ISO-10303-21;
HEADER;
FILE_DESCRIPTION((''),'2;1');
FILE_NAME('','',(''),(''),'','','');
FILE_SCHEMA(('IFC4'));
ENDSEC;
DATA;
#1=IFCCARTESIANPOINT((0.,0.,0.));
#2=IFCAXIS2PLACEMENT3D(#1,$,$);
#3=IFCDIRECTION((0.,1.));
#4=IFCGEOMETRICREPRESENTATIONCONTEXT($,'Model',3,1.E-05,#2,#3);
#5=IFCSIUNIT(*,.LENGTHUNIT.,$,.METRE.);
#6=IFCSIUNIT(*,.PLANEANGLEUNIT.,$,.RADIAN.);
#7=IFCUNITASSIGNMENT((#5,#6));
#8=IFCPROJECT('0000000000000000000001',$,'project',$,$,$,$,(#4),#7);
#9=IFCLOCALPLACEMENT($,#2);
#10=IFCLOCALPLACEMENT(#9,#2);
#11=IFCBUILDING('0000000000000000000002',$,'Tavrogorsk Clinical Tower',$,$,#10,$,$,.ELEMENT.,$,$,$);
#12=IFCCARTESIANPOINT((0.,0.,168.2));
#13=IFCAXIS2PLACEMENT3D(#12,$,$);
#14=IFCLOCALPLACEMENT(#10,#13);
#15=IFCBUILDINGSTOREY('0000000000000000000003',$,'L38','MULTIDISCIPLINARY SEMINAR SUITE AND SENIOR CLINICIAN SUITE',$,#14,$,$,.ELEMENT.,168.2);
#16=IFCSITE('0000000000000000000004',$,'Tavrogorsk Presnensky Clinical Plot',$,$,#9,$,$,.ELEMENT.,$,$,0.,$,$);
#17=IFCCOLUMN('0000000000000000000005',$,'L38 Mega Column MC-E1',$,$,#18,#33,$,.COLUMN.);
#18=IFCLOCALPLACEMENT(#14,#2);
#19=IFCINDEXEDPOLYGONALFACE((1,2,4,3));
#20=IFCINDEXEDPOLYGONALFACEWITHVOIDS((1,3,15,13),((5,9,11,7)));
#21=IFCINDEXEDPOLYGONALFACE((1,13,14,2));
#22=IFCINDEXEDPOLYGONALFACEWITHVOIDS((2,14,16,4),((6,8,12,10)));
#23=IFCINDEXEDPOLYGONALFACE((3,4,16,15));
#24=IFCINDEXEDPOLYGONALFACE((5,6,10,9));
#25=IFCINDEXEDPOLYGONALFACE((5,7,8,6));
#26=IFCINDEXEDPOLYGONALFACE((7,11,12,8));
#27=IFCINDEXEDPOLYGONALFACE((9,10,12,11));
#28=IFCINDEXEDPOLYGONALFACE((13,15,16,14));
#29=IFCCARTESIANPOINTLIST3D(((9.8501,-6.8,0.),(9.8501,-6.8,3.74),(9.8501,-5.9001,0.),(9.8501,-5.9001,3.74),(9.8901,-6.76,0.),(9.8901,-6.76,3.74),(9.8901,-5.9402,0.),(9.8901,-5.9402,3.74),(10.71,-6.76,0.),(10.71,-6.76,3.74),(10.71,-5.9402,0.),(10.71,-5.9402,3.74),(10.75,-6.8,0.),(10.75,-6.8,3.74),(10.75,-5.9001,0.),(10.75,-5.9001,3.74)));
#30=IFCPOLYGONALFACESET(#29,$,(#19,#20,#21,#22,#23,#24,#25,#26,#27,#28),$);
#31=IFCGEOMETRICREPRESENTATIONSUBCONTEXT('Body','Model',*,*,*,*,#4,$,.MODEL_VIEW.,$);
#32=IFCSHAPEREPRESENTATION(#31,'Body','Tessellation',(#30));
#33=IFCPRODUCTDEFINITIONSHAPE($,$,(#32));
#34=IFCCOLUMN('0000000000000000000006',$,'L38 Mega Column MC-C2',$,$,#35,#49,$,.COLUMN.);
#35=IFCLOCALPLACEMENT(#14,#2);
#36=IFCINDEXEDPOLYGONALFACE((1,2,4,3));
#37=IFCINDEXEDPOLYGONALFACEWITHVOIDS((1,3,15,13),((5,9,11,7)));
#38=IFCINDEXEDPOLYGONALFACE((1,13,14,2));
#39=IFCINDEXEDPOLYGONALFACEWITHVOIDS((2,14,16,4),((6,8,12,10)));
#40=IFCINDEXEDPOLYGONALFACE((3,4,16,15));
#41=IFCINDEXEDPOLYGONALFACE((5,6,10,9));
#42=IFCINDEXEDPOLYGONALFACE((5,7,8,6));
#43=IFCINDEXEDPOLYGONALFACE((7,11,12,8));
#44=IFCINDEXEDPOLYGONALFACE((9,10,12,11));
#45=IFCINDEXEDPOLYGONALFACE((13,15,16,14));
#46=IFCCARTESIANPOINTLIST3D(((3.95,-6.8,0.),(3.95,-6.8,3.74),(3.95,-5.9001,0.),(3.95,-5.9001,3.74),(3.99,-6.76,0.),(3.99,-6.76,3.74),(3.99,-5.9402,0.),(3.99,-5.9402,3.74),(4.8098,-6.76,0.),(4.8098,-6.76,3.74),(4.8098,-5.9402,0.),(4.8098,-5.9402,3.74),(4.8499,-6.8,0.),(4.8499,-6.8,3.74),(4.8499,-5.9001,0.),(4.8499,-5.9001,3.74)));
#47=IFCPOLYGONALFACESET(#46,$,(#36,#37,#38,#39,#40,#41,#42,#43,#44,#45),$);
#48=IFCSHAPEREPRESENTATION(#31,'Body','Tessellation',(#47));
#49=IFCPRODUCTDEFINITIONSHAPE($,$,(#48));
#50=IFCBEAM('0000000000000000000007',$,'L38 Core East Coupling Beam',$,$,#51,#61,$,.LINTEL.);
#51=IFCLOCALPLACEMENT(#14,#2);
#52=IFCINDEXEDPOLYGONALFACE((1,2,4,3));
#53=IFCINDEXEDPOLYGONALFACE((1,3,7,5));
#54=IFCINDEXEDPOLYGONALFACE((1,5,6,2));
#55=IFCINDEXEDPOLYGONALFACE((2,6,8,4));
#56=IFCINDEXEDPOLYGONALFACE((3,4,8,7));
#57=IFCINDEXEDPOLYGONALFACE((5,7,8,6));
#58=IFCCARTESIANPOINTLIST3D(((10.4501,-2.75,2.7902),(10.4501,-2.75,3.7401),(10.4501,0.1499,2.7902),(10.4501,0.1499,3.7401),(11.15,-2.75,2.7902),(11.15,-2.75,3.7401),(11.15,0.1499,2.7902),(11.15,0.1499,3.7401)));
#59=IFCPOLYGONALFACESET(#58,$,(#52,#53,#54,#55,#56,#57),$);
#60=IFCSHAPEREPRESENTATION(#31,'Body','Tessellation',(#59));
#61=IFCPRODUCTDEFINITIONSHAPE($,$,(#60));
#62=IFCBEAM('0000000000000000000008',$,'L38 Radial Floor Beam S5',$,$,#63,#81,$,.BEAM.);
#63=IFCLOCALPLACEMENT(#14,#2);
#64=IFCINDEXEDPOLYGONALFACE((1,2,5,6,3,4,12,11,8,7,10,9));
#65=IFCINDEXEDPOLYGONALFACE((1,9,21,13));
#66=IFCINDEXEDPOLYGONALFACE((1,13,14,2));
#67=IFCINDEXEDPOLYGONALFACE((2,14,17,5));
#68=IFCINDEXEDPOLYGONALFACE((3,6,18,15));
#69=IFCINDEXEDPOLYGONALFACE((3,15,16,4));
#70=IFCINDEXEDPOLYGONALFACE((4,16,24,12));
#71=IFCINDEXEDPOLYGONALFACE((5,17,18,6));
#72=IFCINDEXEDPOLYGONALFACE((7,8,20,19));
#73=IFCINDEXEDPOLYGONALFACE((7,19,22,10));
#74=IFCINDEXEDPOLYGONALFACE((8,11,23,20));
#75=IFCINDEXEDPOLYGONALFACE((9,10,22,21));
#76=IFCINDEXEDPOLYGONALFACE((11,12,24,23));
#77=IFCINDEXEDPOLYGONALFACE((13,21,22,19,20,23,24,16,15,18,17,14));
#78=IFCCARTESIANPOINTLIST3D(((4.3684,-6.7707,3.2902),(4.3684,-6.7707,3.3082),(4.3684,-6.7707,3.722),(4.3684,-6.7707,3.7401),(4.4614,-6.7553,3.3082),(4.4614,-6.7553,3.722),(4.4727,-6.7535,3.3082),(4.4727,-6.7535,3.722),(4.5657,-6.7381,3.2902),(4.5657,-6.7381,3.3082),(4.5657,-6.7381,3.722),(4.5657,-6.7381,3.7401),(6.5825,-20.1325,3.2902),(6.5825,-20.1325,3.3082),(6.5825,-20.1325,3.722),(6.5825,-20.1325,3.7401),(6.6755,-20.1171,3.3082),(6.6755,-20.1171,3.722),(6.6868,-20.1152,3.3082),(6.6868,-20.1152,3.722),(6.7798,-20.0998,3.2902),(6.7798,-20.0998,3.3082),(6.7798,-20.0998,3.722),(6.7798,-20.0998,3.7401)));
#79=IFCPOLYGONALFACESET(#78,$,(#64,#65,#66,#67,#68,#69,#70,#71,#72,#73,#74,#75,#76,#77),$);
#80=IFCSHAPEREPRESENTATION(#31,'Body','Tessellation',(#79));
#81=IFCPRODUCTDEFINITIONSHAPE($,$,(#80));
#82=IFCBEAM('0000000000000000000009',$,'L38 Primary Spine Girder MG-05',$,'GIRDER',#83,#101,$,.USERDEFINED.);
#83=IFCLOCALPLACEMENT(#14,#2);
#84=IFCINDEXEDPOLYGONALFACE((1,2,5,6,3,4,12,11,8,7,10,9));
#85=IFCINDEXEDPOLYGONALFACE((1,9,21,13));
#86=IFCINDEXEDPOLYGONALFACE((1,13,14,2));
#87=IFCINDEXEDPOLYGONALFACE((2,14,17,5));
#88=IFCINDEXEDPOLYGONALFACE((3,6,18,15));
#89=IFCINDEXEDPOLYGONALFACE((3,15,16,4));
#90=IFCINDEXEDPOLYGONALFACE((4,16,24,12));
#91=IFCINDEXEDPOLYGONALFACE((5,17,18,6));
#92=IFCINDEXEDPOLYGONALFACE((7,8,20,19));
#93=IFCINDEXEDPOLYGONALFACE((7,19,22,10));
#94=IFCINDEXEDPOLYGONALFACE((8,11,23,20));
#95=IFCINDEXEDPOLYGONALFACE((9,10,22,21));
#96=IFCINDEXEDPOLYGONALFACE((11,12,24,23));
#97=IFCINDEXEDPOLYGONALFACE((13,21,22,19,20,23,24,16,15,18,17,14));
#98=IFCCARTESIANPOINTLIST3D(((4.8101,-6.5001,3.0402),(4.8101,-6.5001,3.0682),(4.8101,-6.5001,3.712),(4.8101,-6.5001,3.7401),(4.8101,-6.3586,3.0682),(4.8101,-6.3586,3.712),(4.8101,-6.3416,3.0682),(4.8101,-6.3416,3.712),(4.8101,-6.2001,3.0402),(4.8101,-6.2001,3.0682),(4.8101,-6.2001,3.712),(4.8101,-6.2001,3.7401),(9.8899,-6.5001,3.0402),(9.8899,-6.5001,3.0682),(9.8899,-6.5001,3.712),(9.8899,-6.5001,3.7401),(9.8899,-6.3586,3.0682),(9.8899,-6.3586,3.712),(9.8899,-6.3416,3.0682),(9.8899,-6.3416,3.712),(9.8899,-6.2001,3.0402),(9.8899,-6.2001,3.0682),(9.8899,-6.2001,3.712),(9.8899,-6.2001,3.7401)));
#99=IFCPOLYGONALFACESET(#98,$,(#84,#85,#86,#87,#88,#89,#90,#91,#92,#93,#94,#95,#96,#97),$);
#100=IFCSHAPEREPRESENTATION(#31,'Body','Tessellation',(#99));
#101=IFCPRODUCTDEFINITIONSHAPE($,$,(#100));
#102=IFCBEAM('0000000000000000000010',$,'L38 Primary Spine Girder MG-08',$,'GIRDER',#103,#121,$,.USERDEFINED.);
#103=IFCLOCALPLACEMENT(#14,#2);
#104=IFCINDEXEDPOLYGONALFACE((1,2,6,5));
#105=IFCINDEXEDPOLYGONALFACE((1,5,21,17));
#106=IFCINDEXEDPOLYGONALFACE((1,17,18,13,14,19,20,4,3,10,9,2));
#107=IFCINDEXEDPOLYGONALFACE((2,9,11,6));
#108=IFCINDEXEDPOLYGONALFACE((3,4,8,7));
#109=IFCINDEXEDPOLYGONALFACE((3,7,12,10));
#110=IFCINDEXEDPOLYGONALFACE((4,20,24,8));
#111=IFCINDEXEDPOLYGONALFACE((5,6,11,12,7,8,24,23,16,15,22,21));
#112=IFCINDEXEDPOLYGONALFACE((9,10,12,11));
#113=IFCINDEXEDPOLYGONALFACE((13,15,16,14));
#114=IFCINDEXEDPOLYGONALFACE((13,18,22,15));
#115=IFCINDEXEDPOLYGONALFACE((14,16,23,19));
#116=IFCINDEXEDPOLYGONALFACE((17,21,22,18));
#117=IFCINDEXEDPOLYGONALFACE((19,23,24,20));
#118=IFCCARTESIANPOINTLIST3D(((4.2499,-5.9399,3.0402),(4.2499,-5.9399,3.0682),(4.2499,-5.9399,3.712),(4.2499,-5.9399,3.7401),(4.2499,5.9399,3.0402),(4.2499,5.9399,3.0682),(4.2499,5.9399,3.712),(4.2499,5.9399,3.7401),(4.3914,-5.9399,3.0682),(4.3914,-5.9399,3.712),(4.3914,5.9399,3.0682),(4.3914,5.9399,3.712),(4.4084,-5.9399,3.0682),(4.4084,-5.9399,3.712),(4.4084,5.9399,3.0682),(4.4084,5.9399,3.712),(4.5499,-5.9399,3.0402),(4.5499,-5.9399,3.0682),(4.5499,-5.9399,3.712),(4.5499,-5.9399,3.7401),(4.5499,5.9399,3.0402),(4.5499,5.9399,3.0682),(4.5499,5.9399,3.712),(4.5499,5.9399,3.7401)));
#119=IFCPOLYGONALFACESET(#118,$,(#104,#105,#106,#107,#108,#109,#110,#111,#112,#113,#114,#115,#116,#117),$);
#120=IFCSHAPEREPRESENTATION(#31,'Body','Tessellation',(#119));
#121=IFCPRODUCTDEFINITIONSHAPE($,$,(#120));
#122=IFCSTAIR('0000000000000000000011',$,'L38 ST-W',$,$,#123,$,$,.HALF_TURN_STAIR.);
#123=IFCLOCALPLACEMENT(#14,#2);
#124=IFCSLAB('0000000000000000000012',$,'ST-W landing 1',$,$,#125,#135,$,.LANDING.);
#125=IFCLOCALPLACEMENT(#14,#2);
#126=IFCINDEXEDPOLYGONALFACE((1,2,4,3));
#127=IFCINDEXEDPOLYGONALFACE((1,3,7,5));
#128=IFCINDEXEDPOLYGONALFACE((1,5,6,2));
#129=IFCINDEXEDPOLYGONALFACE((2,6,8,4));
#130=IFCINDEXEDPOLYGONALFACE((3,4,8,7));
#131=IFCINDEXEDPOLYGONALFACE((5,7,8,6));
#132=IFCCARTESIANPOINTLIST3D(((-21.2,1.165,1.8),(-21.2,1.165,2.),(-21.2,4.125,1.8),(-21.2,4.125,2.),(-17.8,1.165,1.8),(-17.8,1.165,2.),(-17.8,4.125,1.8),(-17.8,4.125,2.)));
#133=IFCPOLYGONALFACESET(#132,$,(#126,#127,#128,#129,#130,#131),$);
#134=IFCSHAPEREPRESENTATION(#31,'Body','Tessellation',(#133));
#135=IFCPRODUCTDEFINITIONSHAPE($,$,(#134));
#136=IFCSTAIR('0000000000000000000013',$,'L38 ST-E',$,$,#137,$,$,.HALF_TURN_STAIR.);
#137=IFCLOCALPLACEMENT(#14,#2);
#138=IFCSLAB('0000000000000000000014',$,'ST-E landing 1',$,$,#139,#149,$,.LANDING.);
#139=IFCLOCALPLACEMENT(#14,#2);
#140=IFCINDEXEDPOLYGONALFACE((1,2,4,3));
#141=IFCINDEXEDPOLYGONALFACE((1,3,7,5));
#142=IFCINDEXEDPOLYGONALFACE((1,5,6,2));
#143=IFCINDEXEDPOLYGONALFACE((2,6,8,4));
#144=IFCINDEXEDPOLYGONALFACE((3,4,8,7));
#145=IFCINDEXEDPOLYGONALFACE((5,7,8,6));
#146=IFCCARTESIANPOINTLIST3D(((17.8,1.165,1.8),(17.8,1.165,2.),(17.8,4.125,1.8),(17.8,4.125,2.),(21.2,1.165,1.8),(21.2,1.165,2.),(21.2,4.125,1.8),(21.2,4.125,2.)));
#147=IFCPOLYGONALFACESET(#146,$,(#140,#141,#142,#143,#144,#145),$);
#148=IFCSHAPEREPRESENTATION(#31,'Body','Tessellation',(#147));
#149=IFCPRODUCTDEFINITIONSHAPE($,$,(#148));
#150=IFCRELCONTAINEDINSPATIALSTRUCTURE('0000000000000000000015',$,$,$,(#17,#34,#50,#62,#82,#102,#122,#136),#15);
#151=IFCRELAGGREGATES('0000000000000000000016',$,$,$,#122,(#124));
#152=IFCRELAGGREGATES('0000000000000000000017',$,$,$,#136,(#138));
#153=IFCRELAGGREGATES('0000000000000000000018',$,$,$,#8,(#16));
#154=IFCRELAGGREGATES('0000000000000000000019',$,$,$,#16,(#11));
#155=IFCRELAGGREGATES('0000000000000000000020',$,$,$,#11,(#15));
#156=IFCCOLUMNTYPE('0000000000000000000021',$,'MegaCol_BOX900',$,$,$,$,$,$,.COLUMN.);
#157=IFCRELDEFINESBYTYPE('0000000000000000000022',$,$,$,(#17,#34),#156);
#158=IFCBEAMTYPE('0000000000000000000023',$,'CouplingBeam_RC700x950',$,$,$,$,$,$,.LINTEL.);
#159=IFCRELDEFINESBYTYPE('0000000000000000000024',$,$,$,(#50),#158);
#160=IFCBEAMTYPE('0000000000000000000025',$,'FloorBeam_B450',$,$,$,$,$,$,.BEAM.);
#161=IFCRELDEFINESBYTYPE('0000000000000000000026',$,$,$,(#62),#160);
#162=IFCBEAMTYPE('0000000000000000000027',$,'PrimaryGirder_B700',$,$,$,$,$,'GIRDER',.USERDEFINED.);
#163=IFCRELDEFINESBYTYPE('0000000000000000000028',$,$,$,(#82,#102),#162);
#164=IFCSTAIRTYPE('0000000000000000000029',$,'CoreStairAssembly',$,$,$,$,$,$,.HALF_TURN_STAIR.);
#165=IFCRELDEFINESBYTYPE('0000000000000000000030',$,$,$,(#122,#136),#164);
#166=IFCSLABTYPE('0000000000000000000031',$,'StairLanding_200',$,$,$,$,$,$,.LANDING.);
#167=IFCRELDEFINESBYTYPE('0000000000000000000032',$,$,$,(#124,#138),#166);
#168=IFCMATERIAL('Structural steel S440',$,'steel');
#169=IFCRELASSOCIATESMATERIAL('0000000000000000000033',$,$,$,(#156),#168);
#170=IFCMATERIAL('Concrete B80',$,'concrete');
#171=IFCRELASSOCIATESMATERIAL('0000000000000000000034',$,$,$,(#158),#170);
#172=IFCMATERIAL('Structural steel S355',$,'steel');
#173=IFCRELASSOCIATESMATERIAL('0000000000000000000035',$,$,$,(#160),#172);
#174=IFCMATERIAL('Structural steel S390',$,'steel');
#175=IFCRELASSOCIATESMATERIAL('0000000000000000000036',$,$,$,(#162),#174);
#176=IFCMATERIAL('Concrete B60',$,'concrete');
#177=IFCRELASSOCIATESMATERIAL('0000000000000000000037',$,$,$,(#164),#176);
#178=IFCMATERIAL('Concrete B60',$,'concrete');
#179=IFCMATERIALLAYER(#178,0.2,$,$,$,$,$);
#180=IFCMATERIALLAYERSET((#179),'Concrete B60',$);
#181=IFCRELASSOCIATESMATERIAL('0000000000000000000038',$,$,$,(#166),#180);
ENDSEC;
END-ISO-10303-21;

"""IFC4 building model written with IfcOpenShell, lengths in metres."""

from ifc_helpers import new_model, si_unit, direction, frame, origin, origin_2d, place, context, subcontext, project, spatial, polyline, rectangle, hollow_rectangle, i_section, outline, extrude, material, layer, layer_set, material_profile, profile_set, type_object, element, aggregate, save


model = new_model("IFC4")

# Units and contexts
model_context = context("Model", 3, precision=1e-05, world=origin(), true_north=direction((0.0, 1.0)))
body_context = subcontext(model_context, "Body", "Model", "MODEL_VIEW")
ifc_project = project(units=[si_unit("LENGTHUNIT", "METRE"), si_unit("PLANEANGLEUNIT", "RADIAN")], contexts=[model_context])

# Site, building, storey
site_placement = place(None, origin())
site = spatial("IfcSite", under=ifc_project, at=site_placement, Name="Tavrogorsk Presnensky Clinical Plot", CompositionType="ELEMENT", RefElevation=0.0)
building_placement = place(site_placement, origin())
building = spatial("IfcBuilding", under=site, at=building_placement, Name="Tavrogorsk Clinical Tower", CompositionType="ELEMENT")
storey_placement = place(building_placement, frame((0.0, 0.0, 168.2)))
storey = spatial("IfcBuildingStorey", under=building, at=storey_placement, Name="L38", Description="MULTIDISCIPLINARY SEMINAR SUITE AND SENIOR CLINICIAN SUITE", CompositionType="ELEMENT", Elevation=168.2)

# Columns
ifc_material_1 = material(Name="Structural steel S440", Category="steel")
ifc_material_profile_1 = material_profile(ifc_material_1, hollow_rectangle(XDim=0.8999, YDim=0.8999, WallThickness=0.04, at=origin_2d()), Name="BOX-900x900x40")
ifc_profile_set_1 = profile_set([ifc_material_profile_1], Name="Structural steel S440")
column_type = type_object("IfcColumnType", Name="MegaCol_BOX900", PredefinedType="COLUMN", material=ifc_profile_set_1)
for number, where, z_axis, x_axis, name in (
    (1, (10.3, -6.3501, 0.0), (0.0, 0.0, 1.0), (1.0, 0.0, 0.0), "L38 Mega Column MC-E1"),
    (2, (4.3999, -6.3501, 0.0), (0.0, 0.0, 1.0), (1.0, 0.0, 0.0), "L38 Mega Column MC-C2"),
):
    element("IfcColumn", number, at=place(storey_placement, frame(where, z_axis=z_axis, x_axis=x_axis)), inside=storey, type_object=column_type, Name=name, PredefinedType="COLUMN", context=body_context, shape_type="SweptSolid", body=[
        extrude(hollow_rectangle(XDim=0.8999, YDim=0.8999, WallThickness=0.04, at=origin_2d()), origin(), (0.0, 0.0, 1.0), 3.74),
    ])

# Beams
ifc_material_2 = material(Name="Concrete B80", Category="concrete")
ifc_material_profile_2 = material_profile(ifc_material_2, rectangle(XDim=0.7, YDim=0.95, at=origin_2d()), Name="RC-CB-700x950")
ifc_profile_set_2 = profile_set([ifc_material_profile_2], Name="Concrete B80")
beam_type_1 = type_object("IfcBeamType", Name="CouplingBeam_RC700x950", PredefinedType="LINTEL", material=ifc_profile_set_2)
beam_1_placement = place(storey_placement, frame((10.8, -2.75, 3.2651), z_axis=(0.0, 1.0, 0.0), x_axis=(-1.0, 0.0, 0.0)))
element("IfcBeam", 3, at=beam_1_placement, inside=storey, type_object=beam_type_1, Name="L38 Core East Coupling Beam", PredefinedType="LINTEL", context=body_context, shape_type="SweptSolid", body=[
    extrude(rectangle(XDim=0.7, YDim=0.95, at=origin_2d()), origin(), (0.0, 0.0, 1.0), 2.8999),
])
ifc_material_3 = material(Name="Structural steel S355", Category="steel")
ifc_material_profile_3 = material_profile(ifc_material_3, i_section(OverallWidth=0.2, OverallDepth=0.45, WebThickness=0.0115, FlangeThickness=0.0181, at=origin_2d()), Name="B-450x200x11.5x18")
ifc_profile_set_3 = profile_set([ifc_material_profile_3], Name="Structural steel S355")
beam_type_2 = type_object("IfcBeamType", Name="FloorBeam_B450", PredefinedType="BEAM", material=ifc_profile_set_3)
beam_2_placement = place(storey_placement, frame((4.467, -6.7544, 3.5151), z_axis=(0.163475, -0.986547, 0.0), x_axis=(0.986547, 0.163475, 0.0)))
element("IfcBeam", 4, at=beam_2_placement, inside=storey, type_object=beam_type_2, Name="L38 Radial Floor Beam S5", PredefinedType="BEAM", context=body_context, shape_type="SweptSolid", body=[
    extrude(i_section(OverallWidth=0.2, OverallDepth=0.45, WebThickness=0.0115, FlangeThickness=0.0181, at=origin_2d()), origin(), (0.0, 0.0, 1.0), 13.5439),
])
ifc_material_4 = material(Name="Structural steel S390", Category="steel")
ifc_material_profile_4 = material_profile(ifc_material_4, i_section(OverallWidth=0.3, OverallDepth=0.7, WebThickness=0.0171, FlangeThickness=0.0281, at=origin_2d()), Name="B-700x300x17x28")
ifc_profile_set_4 = profile_set([ifc_material_profile_4], Name="Structural steel S390")
beam_type_3 = type_object("IfcBeamType", Name="PrimaryGirder_B700", ElementType="GIRDER", PredefinedType="USERDEFINED", material=ifc_profile_set_4)
beam_3_placement = place(storey_placement, frame((4.8101, -6.3501, 3.3901), z_axis=(1.0, 0.0, 0.0), x_axis=(0.0, 1.0, 0.0)))
element("IfcBeam", 5, at=beam_3_placement, inside=storey, type_object=beam_type_3, Name="L38 Primary Spine Girder MG-05", ObjectType="GIRDER", PredefinedType="USERDEFINED", context=body_context, shape_type="SweptSolid", body=[
    extrude(i_section(OverallWidth=0.3, OverallDepth=0.7, WebThickness=0.0171, FlangeThickness=0.0281, at=origin_2d()), origin(), (0.0, 0.0, 1.0), 5.0798),
])
beam_4_placement = place(storey_placement, frame((4.3999, -5.9399, 3.3901), z_axis=(0.0, 1.0, 0.0), x_axis=(-1.0, 0.0, 0.0)))
element("IfcBeam", 6, at=beam_4_placement, inside=storey, type_object=beam_type_3, Name="L38 Primary Spine Girder MG-08", ObjectType="GIRDER", PredefinedType="USERDEFINED", context=body_context, shape_type="SweptSolid", body=[
    extrude(i_section(OverallWidth=0.3, OverallDepth=0.7, WebThickness=0.0171, FlangeThickness=0.0281, at=origin_2d()), origin(), (0.0, 0.0, 1.0), 11.8799),
])

# Stairs, slabs
ifc_material_5 = material(Name="Concrete B60", Category="concrete")
stair_type = type_object("IfcStairType", Name="CoreStairAssembly", PredefinedType="HALF_TURN_STAIR", material=ifc_material_5)
stair_1_placement = place(storey_placement, origin())
stair_1 = element("IfcStair", 7, at=stair_1_placement, inside=storey, type_object=stair_type, Name="L38 ST-W", PredefinedType="HALF_TURN_STAIR")
ifc_material_6 = material(Name="Concrete B60", Category="concrete")
ifc_layer_1 = layer(ifc_material_6, 0.2)
ifc_layer_set_1 = layer_set([ifc_layer_1], Name="Concrete B60")
slab_type_1 = type_object("IfcSlabType", Name="StairLanding_200", PredefinedType="LANDING", material=ifc_layer_set_1)
slab_1_placement = place(storey_placement, frame((0.0, 0.0, 1.8)))
slab_1 = element("IfcSlab", 8, at=slab_1_placement, type_object=slab_type_1, Name="ST-W landing 1", PredefinedType="LANDING", context=body_context, shape_type="SweptSolid", body=[
    extrude(outline(polyline([(-17.8, 1.165), (-17.8, 4.125), (-21.2, 4.125), (-21.2, 1.165), (-17.8, 1.165)])), origin(), (0.0, 0.0, 1.0), 0.2),
])
aggregate(stair_1, [slab_1])
stair_2_placement = place(storey_placement, origin())
stair_2 = element("IfcStair", 9, at=stair_2_placement, inside=storey, type_object=stair_type, Name="L38 ST-E", PredefinedType="HALF_TURN_STAIR")
slab_2_placement = place(storey_placement, frame((0.0, 0.0, 1.8)))
slab_2 = element("IfcSlab", 10, at=slab_2_placement, type_object=slab_type_1, Name="ST-E landing 1", PredefinedType="LANDING", context=body_context, shape_type="SweptSolid", body=[
    extrude(outline(polyline([(21.2, 1.165), (21.2, 4.125), (17.8, 4.125), (17.8, 1.165), (21.2, 1.165)])), origin(), (0.0, 0.0, 1.0), 0.2),
])
aggregate(stair_2, [slab_2])

save(model, "model.ifc")
